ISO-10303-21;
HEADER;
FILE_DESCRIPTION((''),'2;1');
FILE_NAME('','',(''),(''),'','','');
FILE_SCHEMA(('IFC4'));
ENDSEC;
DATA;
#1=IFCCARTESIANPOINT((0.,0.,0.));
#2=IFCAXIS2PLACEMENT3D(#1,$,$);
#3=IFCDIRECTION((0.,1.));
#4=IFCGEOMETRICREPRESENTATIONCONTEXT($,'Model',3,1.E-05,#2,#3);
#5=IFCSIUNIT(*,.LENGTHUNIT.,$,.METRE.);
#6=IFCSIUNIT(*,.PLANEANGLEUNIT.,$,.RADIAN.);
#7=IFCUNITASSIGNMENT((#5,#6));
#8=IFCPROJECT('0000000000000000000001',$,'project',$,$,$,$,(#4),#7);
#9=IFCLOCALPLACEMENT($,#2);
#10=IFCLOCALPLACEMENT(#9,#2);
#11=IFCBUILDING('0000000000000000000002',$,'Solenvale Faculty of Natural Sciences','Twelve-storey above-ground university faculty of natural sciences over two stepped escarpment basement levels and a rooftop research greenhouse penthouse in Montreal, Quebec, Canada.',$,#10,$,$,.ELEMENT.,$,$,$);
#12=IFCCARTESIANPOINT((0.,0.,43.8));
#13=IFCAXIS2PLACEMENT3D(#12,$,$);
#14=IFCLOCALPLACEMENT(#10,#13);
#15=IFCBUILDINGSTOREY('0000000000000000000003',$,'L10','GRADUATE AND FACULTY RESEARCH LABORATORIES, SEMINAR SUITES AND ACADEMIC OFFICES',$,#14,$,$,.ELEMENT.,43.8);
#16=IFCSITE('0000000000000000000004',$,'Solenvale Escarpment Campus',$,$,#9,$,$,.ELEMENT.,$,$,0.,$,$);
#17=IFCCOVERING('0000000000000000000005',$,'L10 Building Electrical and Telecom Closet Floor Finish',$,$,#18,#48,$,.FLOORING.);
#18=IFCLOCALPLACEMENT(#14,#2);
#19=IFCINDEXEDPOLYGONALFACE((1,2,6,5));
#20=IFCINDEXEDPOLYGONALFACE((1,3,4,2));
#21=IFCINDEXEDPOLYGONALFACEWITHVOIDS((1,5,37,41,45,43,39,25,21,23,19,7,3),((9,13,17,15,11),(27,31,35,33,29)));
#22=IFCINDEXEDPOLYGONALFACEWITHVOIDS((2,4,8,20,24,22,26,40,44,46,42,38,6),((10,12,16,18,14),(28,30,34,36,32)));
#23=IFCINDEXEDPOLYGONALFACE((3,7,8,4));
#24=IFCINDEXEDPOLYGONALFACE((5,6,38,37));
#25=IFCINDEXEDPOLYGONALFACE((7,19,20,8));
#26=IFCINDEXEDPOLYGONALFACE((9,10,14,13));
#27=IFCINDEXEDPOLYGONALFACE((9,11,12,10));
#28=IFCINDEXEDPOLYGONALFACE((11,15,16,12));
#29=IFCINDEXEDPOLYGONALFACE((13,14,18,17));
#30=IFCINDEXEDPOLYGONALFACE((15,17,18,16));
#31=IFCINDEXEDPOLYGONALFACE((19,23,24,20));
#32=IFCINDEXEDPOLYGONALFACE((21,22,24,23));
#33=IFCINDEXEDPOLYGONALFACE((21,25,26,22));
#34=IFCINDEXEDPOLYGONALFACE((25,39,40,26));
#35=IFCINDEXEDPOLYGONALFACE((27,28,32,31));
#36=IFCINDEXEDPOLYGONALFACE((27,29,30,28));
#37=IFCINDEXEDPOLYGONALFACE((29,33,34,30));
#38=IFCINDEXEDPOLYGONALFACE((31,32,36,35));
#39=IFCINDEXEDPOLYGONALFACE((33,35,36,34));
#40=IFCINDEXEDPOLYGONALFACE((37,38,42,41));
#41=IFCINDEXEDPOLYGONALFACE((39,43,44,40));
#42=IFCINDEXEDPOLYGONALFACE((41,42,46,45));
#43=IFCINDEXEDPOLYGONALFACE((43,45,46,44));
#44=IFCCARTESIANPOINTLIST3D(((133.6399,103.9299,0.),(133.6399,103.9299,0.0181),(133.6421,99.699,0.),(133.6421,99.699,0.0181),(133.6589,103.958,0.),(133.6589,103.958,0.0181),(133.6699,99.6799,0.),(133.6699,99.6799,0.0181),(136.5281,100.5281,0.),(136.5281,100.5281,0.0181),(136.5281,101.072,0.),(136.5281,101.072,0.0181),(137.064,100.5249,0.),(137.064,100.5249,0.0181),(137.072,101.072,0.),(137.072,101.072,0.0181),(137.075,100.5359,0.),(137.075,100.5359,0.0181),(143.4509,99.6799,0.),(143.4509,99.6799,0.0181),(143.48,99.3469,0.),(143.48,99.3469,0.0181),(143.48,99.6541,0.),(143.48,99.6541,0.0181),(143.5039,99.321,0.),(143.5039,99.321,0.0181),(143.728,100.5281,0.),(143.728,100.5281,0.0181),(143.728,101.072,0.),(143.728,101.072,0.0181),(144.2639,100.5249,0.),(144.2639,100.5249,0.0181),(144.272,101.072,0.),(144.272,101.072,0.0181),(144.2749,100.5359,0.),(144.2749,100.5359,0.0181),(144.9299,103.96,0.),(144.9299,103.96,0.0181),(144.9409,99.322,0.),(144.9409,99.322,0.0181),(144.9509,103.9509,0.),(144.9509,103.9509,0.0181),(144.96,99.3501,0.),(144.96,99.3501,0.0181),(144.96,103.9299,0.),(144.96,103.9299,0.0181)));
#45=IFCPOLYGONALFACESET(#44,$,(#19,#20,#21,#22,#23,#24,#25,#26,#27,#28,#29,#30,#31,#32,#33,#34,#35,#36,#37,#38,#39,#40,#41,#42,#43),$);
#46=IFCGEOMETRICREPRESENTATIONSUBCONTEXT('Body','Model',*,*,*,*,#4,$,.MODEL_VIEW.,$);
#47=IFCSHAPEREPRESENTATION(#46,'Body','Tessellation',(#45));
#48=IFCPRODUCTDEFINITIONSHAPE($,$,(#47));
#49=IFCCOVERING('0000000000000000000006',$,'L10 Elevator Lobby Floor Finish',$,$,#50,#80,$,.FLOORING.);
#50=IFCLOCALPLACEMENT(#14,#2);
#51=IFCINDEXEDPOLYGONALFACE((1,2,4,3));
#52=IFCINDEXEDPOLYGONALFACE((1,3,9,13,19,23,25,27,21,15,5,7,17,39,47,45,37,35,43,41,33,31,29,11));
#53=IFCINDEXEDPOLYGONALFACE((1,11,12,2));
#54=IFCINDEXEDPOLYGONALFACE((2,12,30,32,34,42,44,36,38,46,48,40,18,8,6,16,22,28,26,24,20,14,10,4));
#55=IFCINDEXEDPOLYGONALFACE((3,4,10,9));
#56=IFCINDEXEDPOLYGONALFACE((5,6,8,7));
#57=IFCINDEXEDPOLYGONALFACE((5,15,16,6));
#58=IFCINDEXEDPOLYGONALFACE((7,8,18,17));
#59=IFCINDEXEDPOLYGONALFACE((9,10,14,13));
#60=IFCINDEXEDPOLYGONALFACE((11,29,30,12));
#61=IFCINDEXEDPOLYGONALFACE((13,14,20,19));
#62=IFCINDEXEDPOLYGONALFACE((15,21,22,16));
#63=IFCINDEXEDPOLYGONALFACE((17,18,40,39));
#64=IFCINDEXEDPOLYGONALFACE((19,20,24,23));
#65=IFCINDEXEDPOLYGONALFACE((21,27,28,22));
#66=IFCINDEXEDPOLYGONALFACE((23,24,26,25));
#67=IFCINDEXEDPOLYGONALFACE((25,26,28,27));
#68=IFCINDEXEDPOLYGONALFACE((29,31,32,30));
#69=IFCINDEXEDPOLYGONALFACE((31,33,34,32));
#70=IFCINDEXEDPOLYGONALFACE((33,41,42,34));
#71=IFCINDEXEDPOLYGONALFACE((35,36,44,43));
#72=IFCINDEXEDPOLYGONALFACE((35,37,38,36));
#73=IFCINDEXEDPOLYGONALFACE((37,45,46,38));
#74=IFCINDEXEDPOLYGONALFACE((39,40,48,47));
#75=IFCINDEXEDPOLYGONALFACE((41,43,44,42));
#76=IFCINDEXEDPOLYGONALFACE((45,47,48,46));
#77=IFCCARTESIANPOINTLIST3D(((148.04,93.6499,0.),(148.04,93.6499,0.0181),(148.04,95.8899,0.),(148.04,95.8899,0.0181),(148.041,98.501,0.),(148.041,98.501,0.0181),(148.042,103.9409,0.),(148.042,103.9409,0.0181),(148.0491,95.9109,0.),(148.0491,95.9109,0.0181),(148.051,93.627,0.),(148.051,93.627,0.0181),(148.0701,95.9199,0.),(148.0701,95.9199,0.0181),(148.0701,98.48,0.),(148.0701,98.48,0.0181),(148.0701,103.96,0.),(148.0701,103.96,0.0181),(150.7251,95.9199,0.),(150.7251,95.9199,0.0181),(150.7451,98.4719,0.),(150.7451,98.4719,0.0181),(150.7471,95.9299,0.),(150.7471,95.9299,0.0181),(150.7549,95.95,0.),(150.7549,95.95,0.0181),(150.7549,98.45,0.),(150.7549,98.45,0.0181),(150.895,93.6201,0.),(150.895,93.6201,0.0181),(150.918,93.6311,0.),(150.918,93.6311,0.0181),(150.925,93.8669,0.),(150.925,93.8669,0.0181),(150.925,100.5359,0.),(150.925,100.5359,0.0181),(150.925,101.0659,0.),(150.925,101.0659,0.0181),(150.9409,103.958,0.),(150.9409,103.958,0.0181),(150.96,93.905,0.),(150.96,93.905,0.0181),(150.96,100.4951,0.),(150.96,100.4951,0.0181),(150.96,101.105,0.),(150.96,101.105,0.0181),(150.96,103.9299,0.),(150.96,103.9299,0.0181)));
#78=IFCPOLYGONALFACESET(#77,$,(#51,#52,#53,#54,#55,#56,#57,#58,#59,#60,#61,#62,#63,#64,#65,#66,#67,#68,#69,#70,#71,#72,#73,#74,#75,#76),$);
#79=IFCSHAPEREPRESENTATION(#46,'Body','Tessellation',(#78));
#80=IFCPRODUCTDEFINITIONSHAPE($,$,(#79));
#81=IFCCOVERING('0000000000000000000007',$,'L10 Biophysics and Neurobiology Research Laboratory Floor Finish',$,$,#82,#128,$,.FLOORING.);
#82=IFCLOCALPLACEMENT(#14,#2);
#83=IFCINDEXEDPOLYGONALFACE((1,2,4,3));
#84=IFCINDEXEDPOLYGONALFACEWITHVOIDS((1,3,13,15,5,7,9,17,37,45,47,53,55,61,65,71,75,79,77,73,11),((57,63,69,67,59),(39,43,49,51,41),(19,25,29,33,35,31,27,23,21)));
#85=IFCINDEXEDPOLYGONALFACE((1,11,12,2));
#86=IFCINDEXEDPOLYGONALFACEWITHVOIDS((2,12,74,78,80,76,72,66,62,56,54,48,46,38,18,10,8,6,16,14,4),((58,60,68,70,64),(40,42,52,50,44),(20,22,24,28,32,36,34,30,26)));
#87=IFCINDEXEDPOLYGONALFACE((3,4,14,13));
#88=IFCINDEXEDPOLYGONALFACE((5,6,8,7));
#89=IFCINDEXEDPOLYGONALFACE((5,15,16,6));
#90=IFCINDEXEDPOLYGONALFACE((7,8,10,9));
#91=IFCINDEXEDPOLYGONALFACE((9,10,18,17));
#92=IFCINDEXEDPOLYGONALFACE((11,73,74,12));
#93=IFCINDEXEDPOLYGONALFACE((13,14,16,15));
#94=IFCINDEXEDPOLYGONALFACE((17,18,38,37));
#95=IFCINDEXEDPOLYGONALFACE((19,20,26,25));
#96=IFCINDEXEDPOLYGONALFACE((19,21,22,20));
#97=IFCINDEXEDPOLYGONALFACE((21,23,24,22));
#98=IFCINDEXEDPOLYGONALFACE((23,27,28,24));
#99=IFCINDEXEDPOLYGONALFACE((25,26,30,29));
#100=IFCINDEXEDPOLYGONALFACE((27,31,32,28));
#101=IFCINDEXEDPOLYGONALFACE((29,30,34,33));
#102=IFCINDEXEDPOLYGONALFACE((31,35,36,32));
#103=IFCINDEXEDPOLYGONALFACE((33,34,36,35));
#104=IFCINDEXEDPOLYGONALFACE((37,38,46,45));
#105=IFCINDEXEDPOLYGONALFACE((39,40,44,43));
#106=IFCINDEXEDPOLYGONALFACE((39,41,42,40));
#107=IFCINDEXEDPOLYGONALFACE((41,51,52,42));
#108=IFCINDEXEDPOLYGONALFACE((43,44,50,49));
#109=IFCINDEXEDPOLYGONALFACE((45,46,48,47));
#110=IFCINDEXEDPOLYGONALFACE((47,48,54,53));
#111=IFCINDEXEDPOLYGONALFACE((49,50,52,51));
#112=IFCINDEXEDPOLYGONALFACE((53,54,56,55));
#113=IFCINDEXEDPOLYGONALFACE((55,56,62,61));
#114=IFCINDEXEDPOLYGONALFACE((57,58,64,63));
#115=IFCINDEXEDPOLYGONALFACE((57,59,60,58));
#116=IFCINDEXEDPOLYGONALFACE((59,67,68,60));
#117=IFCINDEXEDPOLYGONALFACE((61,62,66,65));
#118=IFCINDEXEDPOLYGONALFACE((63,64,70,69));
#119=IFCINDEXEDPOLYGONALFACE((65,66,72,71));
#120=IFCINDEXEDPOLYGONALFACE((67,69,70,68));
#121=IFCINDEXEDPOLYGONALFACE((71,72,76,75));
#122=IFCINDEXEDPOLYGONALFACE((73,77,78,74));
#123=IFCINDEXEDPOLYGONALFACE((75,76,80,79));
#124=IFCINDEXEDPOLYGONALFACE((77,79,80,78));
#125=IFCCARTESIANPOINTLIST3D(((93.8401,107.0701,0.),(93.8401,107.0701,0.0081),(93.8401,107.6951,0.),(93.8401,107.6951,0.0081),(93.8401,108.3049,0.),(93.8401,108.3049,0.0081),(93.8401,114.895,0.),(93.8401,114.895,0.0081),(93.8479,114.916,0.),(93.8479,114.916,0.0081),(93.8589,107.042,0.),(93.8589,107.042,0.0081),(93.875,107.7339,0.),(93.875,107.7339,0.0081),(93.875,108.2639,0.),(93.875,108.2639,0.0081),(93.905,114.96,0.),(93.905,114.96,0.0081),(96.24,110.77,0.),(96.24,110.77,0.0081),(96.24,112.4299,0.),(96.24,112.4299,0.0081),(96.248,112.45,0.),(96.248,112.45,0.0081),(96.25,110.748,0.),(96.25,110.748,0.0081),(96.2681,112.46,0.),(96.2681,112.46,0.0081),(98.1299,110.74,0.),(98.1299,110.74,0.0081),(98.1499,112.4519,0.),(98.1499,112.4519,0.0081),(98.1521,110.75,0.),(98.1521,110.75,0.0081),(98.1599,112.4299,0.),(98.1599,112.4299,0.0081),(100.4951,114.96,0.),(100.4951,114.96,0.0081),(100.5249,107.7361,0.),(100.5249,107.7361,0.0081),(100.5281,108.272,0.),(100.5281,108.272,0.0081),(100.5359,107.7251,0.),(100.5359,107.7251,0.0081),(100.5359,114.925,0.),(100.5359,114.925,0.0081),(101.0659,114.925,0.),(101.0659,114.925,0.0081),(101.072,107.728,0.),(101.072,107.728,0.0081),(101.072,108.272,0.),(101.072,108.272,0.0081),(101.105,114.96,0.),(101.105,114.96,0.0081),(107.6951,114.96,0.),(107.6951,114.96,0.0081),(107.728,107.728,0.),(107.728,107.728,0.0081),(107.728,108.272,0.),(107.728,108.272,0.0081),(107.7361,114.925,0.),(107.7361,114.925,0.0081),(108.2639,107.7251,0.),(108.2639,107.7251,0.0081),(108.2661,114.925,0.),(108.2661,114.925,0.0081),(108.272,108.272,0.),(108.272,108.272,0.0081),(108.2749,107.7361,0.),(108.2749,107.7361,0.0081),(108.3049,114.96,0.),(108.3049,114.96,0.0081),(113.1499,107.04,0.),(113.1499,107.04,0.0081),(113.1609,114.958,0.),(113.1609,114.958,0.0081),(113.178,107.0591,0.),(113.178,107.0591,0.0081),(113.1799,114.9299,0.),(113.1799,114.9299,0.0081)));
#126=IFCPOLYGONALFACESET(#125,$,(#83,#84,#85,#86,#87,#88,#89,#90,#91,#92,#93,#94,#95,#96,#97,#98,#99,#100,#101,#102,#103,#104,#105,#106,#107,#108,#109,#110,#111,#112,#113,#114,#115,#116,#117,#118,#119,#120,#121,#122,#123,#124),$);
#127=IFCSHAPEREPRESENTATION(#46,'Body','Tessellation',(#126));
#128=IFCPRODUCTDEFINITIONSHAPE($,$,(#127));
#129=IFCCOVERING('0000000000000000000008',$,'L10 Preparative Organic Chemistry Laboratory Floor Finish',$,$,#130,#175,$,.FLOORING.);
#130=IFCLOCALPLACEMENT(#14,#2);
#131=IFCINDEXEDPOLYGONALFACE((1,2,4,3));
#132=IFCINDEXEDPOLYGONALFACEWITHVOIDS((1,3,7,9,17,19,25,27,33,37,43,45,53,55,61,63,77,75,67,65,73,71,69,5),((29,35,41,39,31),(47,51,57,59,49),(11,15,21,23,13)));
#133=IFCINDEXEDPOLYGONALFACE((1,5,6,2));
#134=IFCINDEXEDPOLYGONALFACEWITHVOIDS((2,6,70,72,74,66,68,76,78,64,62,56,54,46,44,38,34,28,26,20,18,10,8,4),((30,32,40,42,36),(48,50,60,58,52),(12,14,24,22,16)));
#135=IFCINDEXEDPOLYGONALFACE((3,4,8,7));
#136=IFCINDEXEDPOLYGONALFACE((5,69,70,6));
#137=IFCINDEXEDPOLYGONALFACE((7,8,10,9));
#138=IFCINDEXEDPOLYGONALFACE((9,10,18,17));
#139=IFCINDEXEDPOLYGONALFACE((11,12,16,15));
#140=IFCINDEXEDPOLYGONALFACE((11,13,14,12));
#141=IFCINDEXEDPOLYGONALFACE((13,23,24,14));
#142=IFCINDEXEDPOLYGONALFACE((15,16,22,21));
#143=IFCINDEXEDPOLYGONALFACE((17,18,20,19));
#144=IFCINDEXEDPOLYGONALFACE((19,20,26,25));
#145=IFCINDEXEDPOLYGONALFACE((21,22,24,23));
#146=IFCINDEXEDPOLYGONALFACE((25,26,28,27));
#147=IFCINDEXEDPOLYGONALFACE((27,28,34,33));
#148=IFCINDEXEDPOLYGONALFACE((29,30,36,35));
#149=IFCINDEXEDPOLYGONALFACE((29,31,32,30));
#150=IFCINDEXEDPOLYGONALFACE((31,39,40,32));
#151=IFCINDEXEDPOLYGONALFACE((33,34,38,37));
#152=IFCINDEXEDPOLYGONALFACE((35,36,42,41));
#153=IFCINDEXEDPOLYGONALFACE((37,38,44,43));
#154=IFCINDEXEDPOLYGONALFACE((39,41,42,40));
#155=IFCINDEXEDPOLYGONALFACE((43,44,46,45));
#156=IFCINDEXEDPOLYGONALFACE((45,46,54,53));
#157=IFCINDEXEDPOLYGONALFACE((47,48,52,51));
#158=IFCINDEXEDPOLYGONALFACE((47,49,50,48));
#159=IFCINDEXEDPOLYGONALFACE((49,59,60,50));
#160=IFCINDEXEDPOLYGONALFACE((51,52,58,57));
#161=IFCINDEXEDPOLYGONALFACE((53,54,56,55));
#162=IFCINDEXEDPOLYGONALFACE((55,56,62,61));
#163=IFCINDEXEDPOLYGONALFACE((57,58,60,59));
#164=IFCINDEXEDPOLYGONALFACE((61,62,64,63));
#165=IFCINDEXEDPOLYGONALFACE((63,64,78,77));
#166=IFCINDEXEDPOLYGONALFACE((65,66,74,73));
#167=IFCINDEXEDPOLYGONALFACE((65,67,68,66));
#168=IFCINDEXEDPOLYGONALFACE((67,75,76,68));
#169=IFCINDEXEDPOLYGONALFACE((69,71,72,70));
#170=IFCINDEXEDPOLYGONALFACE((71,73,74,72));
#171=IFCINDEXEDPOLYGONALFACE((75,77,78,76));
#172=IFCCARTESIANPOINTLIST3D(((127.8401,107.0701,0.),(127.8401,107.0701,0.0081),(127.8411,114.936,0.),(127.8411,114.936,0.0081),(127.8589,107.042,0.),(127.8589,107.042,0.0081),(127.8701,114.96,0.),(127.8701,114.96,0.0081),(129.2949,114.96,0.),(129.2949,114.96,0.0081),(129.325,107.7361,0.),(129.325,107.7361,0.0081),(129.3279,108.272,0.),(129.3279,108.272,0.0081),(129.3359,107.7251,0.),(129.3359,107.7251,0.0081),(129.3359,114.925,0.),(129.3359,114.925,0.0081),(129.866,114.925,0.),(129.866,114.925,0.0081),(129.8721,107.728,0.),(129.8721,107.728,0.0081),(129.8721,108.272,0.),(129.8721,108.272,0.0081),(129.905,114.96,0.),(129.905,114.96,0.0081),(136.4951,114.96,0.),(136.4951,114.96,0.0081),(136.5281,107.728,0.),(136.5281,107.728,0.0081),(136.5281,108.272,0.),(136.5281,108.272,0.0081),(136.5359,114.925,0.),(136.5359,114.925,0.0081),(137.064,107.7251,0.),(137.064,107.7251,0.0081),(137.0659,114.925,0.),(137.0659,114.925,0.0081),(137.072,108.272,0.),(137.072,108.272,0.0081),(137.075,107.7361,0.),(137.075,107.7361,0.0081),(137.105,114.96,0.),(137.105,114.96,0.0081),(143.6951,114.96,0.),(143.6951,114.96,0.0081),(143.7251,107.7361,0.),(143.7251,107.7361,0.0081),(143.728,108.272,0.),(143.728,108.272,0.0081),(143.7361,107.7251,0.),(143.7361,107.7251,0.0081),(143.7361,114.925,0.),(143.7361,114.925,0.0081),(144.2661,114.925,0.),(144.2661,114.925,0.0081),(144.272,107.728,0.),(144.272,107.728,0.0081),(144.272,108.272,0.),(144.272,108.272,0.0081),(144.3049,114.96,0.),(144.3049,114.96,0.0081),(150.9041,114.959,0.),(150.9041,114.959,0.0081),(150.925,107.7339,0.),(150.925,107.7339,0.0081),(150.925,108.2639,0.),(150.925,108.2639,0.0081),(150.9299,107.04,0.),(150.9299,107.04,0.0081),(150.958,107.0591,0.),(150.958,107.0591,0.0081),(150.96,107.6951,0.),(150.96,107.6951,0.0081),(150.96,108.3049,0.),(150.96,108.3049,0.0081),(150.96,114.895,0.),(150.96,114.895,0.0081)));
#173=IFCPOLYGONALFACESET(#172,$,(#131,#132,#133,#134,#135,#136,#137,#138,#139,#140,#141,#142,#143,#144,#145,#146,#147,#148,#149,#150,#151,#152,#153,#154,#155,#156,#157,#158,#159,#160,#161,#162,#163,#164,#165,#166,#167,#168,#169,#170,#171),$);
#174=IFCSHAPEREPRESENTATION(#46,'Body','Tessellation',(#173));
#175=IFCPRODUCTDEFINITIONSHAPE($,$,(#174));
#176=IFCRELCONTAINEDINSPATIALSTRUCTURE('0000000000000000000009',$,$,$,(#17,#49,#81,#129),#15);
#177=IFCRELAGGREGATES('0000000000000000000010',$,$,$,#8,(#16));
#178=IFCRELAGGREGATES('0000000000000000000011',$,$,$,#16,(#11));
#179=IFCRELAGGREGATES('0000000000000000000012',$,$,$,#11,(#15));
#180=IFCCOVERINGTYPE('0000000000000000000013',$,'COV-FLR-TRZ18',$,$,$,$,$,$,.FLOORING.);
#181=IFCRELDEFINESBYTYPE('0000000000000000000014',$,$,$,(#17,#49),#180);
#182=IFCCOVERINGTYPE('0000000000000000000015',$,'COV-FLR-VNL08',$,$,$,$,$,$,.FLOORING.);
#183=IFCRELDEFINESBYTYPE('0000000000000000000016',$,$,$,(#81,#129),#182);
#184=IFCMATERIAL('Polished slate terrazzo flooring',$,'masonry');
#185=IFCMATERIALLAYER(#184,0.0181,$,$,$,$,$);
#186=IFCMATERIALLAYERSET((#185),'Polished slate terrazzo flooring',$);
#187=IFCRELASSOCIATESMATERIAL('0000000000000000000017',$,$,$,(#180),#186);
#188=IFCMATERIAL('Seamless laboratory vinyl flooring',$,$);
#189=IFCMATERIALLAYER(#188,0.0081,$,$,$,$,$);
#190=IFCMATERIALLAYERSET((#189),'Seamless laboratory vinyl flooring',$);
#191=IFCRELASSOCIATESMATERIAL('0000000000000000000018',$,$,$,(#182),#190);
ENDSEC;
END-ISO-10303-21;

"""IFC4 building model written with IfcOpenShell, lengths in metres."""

from ifc_helpers import new_model, si_unit, direction, frame, origin, place, context, subcontext, project, spatial, polyline, outline, extrude, material, layer, layer_set, type_object, element, save


model = new_model("IFC4")

# Units and contexts
model_context = context("Model", 3, precision=1e-05, world=origin(), true_north=direction((0.0, 1.0)))
body_context = subcontext(model_context, "Body", "Model", "MODEL_VIEW")
ifc_project = project(units=[si_unit("LENGTHUNIT", "METRE"), si_unit("PLANEANGLEUNIT", "RADIAN")], contexts=[model_context])

# Site, building, storey
site_placement = place(None, origin())
site = spatial("IfcSite", under=ifc_project, at=site_placement, Name="Solenvale Escarpment Campus", CompositionType="ELEMENT", RefElevation=0.0)
building_placement = place(site_placement, origin())
building = spatial("IfcBuilding", under=site, at=building_placement, Name="Solenvale Faculty of Natural Sciences", Description="Twelve-storey above-ground university faculty of natural sciences over two stepped escarpment basement levels and a rooftop research greenhouse penthouse in Montreal, Quebec, Canada.", CompositionType="ELEMENT")
storey_placement = place(building_placement, frame((0.0, 0.0, 43.8)))
storey = spatial("IfcBuildingStorey", under=building, at=storey_placement, Name="L10", Description="GRADUATE AND FACULTY RESEARCH LABORATORIES, SEMINAR SUITES AND ACADEMIC OFFICES", CompositionType="ELEMENT", Elevation=43.8)

# Coverings
ifc_material_1 = material(Name="Polished slate terrazzo flooring", Category="masonry")
ifc_layer_1 = layer(ifc_material_1, 0.0181)
ifc_layer_set_1 = layer_set([ifc_layer_1], Name="Polished slate terrazzo flooring")
covering_type_1 = type_object("IfcCoveringType", Name="COV-FLR-TRZ18", PredefinedType="FLOORING", material=ifc_layer_set_1)
covering_1_placement = place(storey_placement, origin())
element("IfcCovering", 1, at=covering_1_placement, inside=storey, type_object=covering_type_1, Name="L10 Building Electrical and Telecom Closet Floor Finish", PredefinedType="FLOORING", context=body_context, shape_type="SweptSolid", body=[
    extrude(outline(polyline([(144.9299, 103.96), (144.9509, 103.9509), (144.96, 103.9299), (144.96, 99.3501), (144.9409, 99.322), (143.5039, 99.321), (143.48, 99.3469), (143.48, 99.6541), (143.4509, 99.6799), (133.6699, 99.6799), (133.6421, 99.699), (133.6399, 103.9299), (133.6589, 103.958), (144.9299, 103.96)]), holes=[polyline([(144.2639, 100.5249), (144.2749, 100.5359), (144.272, 101.072), (143.728, 101.072), (143.728, 100.5281), (144.2639, 100.5249)]), polyline([(137.064, 100.5249), (137.075, 100.5359), (137.072, 101.072), (136.5281, 101.072), (136.5281, 100.5281), (137.064, 100.5249)])]), origin(), (0.0, 0.0, 1.0), 0.0181),
])
covering_2_placement = place(storey_placement, origin())
element("IfcCovering", 2, at=covering_2_placement, inside=storey, type_object=covering_type_1, Name="L10 Elevator Lobby Floor Finish", PredefinedType="FLOORING", context=body_context, shape_type="SweptSolid", body=[
    extrude(outline(polyline([(148.04, 95.8899), (148.0491, 95.9109), (148.0701, 95.9199), (150.7251, 95.9199), (150.7471, 95.9299), (150.7549, 95.95), (150.7549, 98.45), (150.7451, 98.4719), (148.0701, 98.48), (148.041, 98.501), (148.042, 103.9409), (148.0701, 103.96), (150.9409, 103.958), (150.96, 103.9299), (150.96, 101.105), (150.925, 101.0659), (150.925, 100.5359), (150.96, 100.4951), (150.96, 93.905), (150.925, 93.8669), (150.918, 93.6311), (150.895, 93.6201), (148.051, 93.627), (148.04, 93.6499), (148.04, 95.8899)])), origin(), (0.0, 0.0, 1.0), 0.0181),
])
ifc_material_2 = material(Name="Seamless laboratory vinyl flooring")
ifc_layer_2 = layer(ifc_material_2, 0.0081)
ifc_layer_set_2 = layer_set([ifc_layer_2], Name="Seamless laboratory vinyl flooring")
covering_type_2 = type_object("IfcCoveringType", Name="COV-FLR-VNL08", PredefinedType="FLOORING", material=ifc_layer_set_2)
covering_3_placement = place(storey_placement, origin())
element("IfcCovering", 3, at=covering_3_placement, inside=storey, type_object=covering_type_2, Name="L10 Biophysics and Neurobiology Research Laboratory Floor Finish", PredefinedType="FLOORING", context=body_context, shape_type="SweptSolid", body=[
    extrude(outline(polyline([(93.8401, 114.895), (93.8479, 114.916), (93.905, 114.96), (100.4951, 114.96), (100.5359, 114.925), (101.0659, 114.925), (101.105, 114.96), (107.6951, 114.96), (107.7361, 114.925), (108.2661, 114.925), (108.3049, 114.96), (113.1609, 114.958), (113.1799, 114.9299), (113.178, 107.0591), (113.1499, 107.04), (93.8589, 107.042), (93.8401, 107.0701), (93.8401, 107.6951), (93.875, 107.7339), (93.875, 108.2639), (93.8401, 108.3049), (93.8401, 114.895)]), holes=[polyline([(108.2639, 107.7251), (108.2749, 107.7361), (108.272, 108.272), (107.728, 108.272), (107.728, 107.728), (108.2639, 107.7251)]), polyline([(100.5249, 107.7361), (100.5359, 107.7251), (101.072, 107.728), (101.072, 108.272), (100.5281, 108.272), (100.5249, 107.7361)]), polyline([(96.2681, 112.46), (96.248, 112.45), (96.24, 112.4299), (96.24, 110.77), (96.25, 110.748), (98.1299, 110.74), (98.1521, 110.75), (98.1599, 112.4299), (98.1499, 112.4519), (96.2681, 112.46)])]), origin(), (0.0, 0.0, 1.0), 0.0081),
])
covering_4_placement = place(storey_placement, origin())
element("IfcCovering", 4, at=covering_4_placement, inside=storey, type_object=covering_type_2, Name="L10 Preparative Organic Chemistry Laboratory Floor Finish", PredefinedType="FLOORING", context=body_context, shape_type="SweptSolid", body=[
    extrude(outline(polyline([(129.2949, 114.96), (129.3359, 114.925), (129.866, 114.925), (129.905, 114.96), (136.4951, 114.96), (136.5359, 114.925), (137.0659, 114.925), (137.105, 114.96), (143.6951, 114.96), (143.7361, 114.925), (144.2661, 114.925), (144.3049, 114.96), (150.9041, 114.959), (150.96, 114.895), (150.96, 108.3049), (150.925, 108.2639), (150.925, 107.7339), (150.96, 107.6951), (150.958, 107.0591), (150.9299, 107.04), (127.8589, 107.042), (127.8401, 107.0701), (127.8411, 114.936), (127.8701, 114.96), (129.2949, 114.96)]), holes=[polyline([(143.7251, 107.7361), (143.7361, 107.7251), (144.272, 107.728), (144.272, 108.272), (143.728, 108.272), (143.7251, 107.7361)]), polyline([(137.064, 107.7251), (137.075, 107.7361), (137.072, 108.272), (136.5281, 108.272), (136.5281, 107.728), (137.064, 107.7251)]), polyline([(129.325, 107.7361), (129.3359, 107.7251), (129.8721, 107.728), (129.8721, 108.272), (129.3279, 108.272), (129.325, 107.7361)])]), origin(), (0.0, 0.0, 1.0), 0.0081),
])

save(model, "model.ifc")
